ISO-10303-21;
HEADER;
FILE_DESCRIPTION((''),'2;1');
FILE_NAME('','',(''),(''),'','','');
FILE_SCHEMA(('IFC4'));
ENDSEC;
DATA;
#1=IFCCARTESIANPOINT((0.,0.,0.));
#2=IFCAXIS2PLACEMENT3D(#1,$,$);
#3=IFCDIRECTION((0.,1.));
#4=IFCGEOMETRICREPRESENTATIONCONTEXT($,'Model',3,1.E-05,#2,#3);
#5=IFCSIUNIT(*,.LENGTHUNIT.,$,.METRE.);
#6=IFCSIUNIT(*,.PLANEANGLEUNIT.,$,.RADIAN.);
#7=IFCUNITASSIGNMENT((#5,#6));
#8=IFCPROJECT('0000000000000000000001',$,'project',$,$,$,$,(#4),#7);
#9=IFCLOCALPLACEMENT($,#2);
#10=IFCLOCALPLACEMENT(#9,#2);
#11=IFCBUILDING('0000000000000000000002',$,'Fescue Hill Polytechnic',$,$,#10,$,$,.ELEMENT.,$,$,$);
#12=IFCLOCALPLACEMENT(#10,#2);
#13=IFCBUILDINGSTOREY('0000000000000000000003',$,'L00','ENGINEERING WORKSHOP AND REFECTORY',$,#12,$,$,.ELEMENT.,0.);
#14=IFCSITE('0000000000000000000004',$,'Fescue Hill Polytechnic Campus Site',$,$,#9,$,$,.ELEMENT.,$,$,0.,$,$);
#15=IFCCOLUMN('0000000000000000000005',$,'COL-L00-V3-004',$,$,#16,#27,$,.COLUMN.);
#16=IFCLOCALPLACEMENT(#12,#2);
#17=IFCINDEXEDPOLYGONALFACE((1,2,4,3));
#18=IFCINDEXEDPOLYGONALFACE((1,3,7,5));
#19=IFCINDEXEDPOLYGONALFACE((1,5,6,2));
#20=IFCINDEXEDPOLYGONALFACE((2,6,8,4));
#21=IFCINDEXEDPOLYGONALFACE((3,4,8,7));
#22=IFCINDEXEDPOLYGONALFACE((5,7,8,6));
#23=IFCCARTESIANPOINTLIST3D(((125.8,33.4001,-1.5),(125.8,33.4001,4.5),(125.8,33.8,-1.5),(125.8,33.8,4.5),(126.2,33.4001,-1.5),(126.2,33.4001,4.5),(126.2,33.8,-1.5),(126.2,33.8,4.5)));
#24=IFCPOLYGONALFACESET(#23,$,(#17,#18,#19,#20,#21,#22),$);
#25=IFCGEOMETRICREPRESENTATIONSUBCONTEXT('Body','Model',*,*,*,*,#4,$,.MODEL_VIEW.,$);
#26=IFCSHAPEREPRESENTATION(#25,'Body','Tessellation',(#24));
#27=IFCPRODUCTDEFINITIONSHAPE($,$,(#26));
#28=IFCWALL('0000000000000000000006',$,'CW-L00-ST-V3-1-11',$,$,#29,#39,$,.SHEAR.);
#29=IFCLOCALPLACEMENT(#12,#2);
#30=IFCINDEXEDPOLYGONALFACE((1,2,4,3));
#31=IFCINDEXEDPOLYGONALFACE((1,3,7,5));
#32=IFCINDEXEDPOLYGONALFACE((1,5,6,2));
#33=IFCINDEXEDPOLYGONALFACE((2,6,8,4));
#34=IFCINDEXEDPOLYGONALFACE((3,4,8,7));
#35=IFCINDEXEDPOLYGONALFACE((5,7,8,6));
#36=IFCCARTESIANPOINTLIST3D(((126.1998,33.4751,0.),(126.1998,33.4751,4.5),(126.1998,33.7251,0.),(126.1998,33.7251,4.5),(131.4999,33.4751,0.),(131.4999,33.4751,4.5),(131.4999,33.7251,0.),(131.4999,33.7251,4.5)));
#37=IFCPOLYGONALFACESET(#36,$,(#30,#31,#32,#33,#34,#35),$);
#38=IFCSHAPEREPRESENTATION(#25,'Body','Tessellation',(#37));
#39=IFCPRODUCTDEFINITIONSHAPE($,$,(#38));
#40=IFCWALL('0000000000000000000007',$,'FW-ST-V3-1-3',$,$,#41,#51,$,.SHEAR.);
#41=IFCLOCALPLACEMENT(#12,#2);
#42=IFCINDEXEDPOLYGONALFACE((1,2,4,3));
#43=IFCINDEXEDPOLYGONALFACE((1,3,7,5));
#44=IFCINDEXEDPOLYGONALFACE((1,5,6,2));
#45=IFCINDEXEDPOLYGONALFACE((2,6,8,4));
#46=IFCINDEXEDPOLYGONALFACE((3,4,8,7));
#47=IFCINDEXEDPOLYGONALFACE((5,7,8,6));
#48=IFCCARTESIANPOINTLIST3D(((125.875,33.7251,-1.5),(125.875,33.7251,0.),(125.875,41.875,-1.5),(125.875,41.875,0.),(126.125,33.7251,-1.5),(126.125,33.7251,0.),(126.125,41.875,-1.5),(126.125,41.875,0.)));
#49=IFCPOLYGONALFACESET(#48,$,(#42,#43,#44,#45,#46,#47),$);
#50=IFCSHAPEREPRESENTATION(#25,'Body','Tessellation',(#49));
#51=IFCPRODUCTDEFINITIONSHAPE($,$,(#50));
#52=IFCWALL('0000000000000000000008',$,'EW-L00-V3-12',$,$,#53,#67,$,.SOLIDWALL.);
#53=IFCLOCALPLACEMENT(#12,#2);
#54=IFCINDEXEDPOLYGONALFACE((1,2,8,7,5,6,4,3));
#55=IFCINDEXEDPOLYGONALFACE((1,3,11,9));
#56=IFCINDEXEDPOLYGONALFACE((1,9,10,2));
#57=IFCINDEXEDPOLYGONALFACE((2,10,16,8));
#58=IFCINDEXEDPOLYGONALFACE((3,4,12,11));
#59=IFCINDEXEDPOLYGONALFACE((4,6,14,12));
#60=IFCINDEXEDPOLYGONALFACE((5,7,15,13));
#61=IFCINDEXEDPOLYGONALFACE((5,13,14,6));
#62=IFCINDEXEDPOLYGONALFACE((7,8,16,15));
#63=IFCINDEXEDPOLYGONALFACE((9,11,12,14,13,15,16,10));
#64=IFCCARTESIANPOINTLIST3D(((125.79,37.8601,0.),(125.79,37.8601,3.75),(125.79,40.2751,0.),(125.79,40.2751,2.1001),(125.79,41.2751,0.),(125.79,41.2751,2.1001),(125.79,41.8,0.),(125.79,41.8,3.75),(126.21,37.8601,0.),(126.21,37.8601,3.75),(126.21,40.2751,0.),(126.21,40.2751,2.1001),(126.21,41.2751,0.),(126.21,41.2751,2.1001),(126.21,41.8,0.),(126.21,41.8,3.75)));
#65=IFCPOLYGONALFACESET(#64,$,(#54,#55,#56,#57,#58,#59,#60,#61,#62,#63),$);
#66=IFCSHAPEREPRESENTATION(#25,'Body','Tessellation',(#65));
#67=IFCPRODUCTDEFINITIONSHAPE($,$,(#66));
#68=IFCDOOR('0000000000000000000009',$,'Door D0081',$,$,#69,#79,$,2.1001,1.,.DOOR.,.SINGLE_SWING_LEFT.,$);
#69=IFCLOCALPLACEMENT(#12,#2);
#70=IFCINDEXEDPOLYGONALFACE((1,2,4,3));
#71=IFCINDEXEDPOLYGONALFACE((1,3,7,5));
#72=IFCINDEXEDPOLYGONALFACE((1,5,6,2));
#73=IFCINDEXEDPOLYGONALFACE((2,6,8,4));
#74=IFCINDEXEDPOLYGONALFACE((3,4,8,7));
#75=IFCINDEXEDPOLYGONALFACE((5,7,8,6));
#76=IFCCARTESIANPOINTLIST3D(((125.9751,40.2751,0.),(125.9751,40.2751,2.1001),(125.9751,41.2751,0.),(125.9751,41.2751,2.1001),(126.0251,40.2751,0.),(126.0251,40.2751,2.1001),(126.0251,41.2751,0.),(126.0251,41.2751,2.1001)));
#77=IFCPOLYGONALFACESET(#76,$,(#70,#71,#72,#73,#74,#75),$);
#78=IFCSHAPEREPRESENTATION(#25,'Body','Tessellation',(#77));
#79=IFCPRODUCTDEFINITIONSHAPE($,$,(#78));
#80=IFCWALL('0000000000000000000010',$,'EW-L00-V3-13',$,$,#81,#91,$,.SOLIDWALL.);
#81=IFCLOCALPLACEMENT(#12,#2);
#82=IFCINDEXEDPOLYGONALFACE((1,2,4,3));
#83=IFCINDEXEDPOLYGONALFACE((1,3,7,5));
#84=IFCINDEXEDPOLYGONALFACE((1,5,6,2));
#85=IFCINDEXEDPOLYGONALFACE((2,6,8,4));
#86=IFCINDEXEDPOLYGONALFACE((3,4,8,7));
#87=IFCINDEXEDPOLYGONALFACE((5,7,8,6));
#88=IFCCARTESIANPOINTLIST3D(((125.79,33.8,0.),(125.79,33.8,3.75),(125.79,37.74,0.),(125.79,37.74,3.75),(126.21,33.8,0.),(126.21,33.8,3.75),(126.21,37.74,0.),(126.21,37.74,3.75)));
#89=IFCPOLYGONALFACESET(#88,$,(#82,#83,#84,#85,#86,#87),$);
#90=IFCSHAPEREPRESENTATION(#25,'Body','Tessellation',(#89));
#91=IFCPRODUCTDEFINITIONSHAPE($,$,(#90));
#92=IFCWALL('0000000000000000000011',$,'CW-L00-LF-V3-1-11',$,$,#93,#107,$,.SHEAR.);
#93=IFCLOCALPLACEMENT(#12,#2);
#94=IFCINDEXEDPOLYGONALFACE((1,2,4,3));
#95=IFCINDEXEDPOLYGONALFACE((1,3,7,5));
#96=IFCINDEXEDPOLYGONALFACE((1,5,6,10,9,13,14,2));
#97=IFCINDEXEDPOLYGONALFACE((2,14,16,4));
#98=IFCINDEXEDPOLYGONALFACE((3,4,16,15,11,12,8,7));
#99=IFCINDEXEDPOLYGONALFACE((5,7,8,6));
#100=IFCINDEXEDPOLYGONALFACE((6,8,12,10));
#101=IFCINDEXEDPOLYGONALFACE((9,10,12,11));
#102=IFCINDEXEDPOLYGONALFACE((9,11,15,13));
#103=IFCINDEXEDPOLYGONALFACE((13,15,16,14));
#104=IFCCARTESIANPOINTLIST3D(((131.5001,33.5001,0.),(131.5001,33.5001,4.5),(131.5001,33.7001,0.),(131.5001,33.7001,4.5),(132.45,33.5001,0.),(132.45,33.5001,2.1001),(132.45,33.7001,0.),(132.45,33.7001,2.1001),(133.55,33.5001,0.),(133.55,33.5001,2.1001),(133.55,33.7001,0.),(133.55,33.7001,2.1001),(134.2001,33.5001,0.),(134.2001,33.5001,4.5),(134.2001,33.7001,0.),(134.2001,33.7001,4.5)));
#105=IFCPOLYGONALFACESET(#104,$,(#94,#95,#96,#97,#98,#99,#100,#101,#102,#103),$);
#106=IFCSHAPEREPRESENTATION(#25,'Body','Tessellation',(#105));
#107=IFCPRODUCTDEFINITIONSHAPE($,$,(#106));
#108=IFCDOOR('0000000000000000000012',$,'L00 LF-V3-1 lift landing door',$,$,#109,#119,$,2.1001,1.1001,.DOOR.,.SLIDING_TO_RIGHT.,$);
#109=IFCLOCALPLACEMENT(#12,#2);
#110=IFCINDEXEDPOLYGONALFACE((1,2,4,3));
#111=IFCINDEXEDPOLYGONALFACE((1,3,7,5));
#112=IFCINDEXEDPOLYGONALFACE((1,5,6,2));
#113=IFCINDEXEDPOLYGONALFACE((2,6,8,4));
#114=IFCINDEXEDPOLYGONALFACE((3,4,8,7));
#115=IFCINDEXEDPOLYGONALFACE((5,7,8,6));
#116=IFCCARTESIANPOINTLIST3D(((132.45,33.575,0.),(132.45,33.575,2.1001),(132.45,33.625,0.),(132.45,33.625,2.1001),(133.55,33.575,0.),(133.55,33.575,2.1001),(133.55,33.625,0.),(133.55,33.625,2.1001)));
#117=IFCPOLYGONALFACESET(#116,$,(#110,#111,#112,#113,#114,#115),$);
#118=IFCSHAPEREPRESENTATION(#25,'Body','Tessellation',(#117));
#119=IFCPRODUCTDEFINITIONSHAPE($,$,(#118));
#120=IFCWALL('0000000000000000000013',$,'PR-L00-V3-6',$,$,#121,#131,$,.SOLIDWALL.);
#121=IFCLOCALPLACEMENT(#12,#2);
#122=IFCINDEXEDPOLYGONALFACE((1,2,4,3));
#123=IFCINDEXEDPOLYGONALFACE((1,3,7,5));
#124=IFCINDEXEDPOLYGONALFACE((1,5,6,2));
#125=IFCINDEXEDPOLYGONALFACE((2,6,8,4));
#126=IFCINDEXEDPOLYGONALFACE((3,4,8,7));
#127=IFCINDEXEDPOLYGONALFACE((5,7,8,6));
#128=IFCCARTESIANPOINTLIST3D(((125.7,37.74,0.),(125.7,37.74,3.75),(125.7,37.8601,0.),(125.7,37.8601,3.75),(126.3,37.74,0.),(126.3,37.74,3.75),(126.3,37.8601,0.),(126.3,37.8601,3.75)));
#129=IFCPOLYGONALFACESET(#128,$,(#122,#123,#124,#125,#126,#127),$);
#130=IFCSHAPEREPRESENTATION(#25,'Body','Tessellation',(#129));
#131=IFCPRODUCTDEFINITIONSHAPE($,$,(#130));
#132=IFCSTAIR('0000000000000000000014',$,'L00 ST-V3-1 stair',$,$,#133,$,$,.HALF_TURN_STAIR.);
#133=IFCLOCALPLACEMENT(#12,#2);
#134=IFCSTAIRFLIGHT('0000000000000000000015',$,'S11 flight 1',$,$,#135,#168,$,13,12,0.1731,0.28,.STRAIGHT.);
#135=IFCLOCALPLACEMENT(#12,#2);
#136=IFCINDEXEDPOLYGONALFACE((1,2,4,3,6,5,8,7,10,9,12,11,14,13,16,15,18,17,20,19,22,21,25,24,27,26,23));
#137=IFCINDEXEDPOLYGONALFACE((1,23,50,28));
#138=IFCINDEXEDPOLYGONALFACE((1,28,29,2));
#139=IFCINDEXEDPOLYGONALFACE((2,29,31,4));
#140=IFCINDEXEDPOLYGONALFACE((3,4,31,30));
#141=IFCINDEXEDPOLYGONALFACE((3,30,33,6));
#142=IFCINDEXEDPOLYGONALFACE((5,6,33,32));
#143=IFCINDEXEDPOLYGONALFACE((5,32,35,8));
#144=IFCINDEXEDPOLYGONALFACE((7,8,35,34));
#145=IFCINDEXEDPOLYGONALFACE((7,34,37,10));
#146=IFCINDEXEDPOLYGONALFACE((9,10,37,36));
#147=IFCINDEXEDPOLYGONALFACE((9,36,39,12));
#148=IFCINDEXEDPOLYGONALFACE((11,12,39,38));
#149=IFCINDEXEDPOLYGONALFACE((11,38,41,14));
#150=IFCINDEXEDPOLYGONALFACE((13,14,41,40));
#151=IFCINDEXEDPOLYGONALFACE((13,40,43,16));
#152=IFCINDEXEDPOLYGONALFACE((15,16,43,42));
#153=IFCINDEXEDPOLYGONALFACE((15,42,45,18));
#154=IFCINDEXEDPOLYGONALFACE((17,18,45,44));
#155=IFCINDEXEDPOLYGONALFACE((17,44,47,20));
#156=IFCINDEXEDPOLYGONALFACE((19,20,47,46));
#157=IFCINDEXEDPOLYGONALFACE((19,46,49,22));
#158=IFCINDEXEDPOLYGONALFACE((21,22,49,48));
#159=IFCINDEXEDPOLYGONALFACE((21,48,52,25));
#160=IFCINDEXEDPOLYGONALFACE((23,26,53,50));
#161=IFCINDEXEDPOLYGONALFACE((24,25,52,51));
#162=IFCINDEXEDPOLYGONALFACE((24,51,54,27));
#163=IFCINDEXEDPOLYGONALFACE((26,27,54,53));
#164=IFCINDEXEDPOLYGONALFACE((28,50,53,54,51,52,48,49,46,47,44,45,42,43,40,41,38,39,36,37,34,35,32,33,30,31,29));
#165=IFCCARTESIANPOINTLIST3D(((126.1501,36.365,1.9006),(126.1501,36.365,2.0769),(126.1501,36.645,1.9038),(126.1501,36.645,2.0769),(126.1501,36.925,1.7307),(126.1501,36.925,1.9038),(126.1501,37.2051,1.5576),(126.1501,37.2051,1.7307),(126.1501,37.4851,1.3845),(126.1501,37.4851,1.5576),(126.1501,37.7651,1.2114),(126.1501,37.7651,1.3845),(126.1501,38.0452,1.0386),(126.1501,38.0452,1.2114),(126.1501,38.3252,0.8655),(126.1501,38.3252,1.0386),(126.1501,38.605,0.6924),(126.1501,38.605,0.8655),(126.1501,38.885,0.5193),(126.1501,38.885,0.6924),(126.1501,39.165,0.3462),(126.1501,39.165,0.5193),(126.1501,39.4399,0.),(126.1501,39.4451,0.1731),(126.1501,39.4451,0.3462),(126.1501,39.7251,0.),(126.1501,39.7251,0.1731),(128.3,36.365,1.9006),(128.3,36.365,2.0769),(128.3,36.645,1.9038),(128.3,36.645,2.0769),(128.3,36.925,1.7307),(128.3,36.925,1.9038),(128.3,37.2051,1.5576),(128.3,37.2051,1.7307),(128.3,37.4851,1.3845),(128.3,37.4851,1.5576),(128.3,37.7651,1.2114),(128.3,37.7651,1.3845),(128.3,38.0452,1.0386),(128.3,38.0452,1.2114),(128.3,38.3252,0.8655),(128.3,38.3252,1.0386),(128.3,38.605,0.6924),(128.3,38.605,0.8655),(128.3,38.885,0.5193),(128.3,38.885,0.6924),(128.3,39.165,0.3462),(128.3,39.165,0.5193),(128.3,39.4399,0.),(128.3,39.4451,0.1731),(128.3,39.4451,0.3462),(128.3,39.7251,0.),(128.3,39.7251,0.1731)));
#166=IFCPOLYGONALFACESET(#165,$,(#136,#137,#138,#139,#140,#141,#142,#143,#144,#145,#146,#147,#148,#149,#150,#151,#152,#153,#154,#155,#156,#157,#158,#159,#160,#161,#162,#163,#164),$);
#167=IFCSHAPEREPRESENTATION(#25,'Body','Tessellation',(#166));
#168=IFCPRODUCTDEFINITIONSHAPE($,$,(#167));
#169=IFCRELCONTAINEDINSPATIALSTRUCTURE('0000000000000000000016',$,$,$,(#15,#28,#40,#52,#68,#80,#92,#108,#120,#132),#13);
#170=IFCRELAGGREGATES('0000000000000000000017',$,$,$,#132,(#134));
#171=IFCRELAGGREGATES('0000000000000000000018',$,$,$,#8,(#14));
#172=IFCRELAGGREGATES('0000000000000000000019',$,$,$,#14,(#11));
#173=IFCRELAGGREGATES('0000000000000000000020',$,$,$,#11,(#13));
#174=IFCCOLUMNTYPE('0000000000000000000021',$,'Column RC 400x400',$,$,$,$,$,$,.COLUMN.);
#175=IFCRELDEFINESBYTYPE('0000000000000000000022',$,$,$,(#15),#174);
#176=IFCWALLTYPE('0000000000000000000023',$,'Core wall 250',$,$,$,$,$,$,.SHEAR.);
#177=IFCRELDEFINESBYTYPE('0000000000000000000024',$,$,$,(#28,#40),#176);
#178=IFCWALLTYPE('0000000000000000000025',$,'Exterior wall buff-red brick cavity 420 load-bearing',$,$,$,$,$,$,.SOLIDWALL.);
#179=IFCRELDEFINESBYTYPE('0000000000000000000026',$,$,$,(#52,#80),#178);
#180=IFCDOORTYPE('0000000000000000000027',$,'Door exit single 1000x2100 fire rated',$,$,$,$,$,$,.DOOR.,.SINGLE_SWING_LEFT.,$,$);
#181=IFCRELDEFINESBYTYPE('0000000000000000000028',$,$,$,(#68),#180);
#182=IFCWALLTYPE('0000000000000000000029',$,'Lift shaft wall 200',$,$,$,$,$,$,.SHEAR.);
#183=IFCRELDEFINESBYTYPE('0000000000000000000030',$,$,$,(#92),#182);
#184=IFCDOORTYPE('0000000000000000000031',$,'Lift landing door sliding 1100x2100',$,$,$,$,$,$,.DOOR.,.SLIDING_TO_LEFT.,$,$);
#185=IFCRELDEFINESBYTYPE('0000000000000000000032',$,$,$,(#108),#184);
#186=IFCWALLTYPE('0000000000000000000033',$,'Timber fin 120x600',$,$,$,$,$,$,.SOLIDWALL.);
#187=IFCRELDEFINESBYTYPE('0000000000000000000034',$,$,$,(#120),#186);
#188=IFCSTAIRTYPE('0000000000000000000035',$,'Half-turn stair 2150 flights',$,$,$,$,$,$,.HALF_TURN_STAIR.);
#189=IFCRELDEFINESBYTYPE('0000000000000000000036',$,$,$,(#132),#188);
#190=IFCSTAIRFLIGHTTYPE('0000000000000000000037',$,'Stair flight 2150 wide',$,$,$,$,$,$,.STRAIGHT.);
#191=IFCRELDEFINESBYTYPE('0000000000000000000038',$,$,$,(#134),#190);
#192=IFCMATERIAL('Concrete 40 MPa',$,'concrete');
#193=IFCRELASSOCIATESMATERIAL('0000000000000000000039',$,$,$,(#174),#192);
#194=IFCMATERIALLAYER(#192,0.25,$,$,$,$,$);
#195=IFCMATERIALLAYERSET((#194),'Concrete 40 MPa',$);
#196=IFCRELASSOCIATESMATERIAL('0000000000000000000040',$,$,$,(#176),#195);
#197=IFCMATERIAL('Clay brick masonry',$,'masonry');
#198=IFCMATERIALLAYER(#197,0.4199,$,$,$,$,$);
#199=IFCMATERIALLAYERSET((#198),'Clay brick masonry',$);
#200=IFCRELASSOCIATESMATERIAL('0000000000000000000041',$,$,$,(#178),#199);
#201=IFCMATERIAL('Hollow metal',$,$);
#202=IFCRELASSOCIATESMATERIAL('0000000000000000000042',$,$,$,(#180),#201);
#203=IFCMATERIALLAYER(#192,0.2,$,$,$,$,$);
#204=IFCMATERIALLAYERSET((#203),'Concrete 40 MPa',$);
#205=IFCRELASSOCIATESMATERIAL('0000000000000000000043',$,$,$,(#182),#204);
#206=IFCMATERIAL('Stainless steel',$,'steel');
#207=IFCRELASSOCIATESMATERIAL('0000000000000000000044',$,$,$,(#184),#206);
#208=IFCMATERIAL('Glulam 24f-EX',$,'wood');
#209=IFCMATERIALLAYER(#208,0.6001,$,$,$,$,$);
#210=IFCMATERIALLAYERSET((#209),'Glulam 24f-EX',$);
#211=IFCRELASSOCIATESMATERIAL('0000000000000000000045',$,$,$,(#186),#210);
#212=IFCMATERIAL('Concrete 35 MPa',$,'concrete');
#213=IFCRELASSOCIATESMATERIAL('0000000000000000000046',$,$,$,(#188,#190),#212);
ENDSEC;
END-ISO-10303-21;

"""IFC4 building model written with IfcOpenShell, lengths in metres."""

from ifc_helpers import new_model, si_unit, direction, frame, frame_2d, origin, origin_2d, place, context, subcontext, project, spatial, polyline, rectangle, outline, extrude, material, layer, layer_set, material_profile, profile_set, type_object, element, fill, aggregate, save


model = new_model("IFC4")

# Units and contexts
model_context = context("Model", 3, precision=1e-05, world=origin(), true_north=direction((0.0, 1.0)))
body_context = subcontext(model_context, "Body", "Model", "MODEL_VIEW")
ifc_project = project(units=[si_unit("LENGTHUNIT", "METRE"), si_unit("PLANEANGLEUNIT", "RADIAN")], contexts=[model_context])

# Site, building, storey
site_placement = place(None, origin())
site = spatial("IfcSite", under=ifc_project, at=site_placement, Name="Fescue Hill Polytechnic Campus Site", CompositionType="ELEMENT", RefElevation=0.0)
building_placement = place(site_placement, origin())
building = spatial("IfcBuilding", under=site, at=building_placement, Name="Fescue Hill Polytechnic", CompositionType="ELEMENT")
storey_placement = place(building_placement, origin())
storey = spatial("IfcBuildingStorey", under=building, at=storey_placement, Name="L00", Description="ENGINEERING WORKSHOP AND REFECTORY", CompositionType="ELEMENT", Elevation=0.0)

# Column
ifc_material_1 = material(Name="Concrete 40 MPa", Category="concrete")
ifc_material_profile = material_profile(ifc_material_1, rectangle(XDim=0.3999, YDim=0.3999, at=origin_2d()), Name="RC 400x400")
ifc_profile_set = profile_set([ifc_material_profile], Name="Concrete 40 MPa")
column_type = type_object("IfcColumnType", Name="Column RC 400x400", PredefinedType="COLUMN", material=ifc_profile_set)
column_placement = place(storey_placement, frame((126.0, 33.6001, -1.5), z_axis=(0.0, 0.0, 1.0), x_axis=(1.0, 0.0, 0.0)))
element("IfcColumn", 1, at=column_placement, inside=storey, type_object=column_type, Name="COL-L00-V3-004", PredefinedType="COLUMN", context=body_context, shape_type="SweptSolid", body=[
    extrude(rectangle(XDim=0.3999, YDim=0.3999, at=origin_2d()), origin(), (0.0, 0.0, 1.0), 6.0),
])

# Walls
ifc_layer_1 = layer(ifc_material_1, 0.25)
ifc_layer_set_1 = layer_set([ifc_layer_1], Name="Concrete 40 MPa")
wall_type_1 = type_object("IfcWallType", Name="Core wall 250", PredefinedType="SHEAR", material=ifc_layer_set_1)
wall_1_placement = place(storey_placement, frame((126.2, 33.6001, 0.0), z_axis=(0.0, 0.0, 1.0), x_axis=(1.0, 0.0, 0.0)))
element("IfcWall", 2, at=wall_1_placement, inside=storey, type_object=wall_type_1, Name="CW-L00-ST-V3-1-11", PredefinedType="SHEAR", context=body_context, shape_type="SweptSolid", body=[
    extrude(rectangle(XDim=5.3, YDim=0.25, at=frame_2d((2.6499, 0.0))), origin(), (0.0, 0.0, 1.0), 4.5),
])
wall_2_placement = place(storey_placement, frame((126.0, 33.7251, -1.5), z_axis=(0.0, 0.0, 1.0), x_axis=(0.0, 1.0, 0.0)))
element("IfcWall", 3, at=wall_2_placement, inside=storey, type_object=wall_type_1, Name="FW-ST-V3-1-3", PredefinedType="SHEAR", context=body_context, shape_type="SweptSolid", body=[
    extrude(rectangle(XDim=8.1499, YDim=0.25, at=frame_2d((4.075, 0.0))), origin(), (0.0, 0.0, 1.0), 1.5),
])

# Wall, opening, door
ifc_material_2 = material(Name="Clay brick masonry", Category="masonry")
ifc_layer_2 = layer(ifc_material_2, 0.4199)
ifc_layer_set_2 = layer_set([ifc_layer_2], Name="Clay brick masonry")
wall_type_2 = type_object("IfcWallType", Name="Exterior wall buff-red brick cavity 420 load-bearing", PredefinedType="SOLIDWALL", material=ifc_layer_set_2)
wall_3_placement = place(storey_placement, frame((126.0, 41.8, 0.0), z_axis=(0.0, 0.0, 1.0), x_axis=(0.0, -1.0, 0.0)))
wall_3 = element("IfcWall", 4, at=wall_3_placement, inside=storey, type_object=wall_type_2, Name="EW-L00-V3-12", PredefinedType="SOLIDWALL", context=body_context, shape_type="SweptSolid", body=[
    extrude(rectangle(XDim=3.9399, YDim=0.4199, at=frame_2d((1.97, 0.0))), origin(), (0.0, 0.0, 1.0), 3.75),
])
opening_1_placement = place(wall_3_placement, frame((1.5249, 0.0, 0.0), z_axis=(0.0, 0.0, 1.0), x_axis=(-1.0, 0.0, 0.0)))
opening_1 = element("IfcOpeningElement", 5, at=opening_1_placement, cuts=wall_3, PredefinedType="OPENING", context=body_context, shape_type="SweptSolid", body=[
    extrude(rectangle(XDim=1.0, YDim=2.1001, at=frame_2d((0.5, 1.05))), frame((0.0, 0.22, 0.0), z_axis=(0.0, -1.0, 0.0), x_axis=(1.0, 0.0, 0.0)), (0.0, 0.0, 1.0), 0.4399),
])
ifc_material_3 = material(Name="Hollow metal")
door_type_1 = type_object("IfcDoorType", Name="Door exit single 1000x2100 fire rated", OperationType="SINGLE_SWING_LEFT", PredefinedType="DOOR", material=ifc_material_3)
door_1_placement = place(opening_1_placement, origin())
door_1 = element("IfcDoor", 6, at=door_1_placement, inside=storey, type_object=door_type_1, Name="Door D0081", OperationType="SINGLE_SWING_LEFT", OverallHeight=2.1001, OverallWidth=1.0, PredefinedType="DOOR", context=body_context, shape_type="SweptSolid", body=[
    extrude(rectangle(XDim=1.0, YDim=2.1001, at=frame_2d((0.5, 1.05))), frame((0.0, 0.0249, 0.0), z_axis=(0.0, -1.0, 0.0), x_axis=(1.0, 0.0, 0.0)), (0.0, 0.0, 1.0), 0.05),
])
fill(opening_1, door_1)

# Wall
wall_4_placement = place(storey_placement, frame((126.0, 37.74, 0.0), z_axis=(0.0, 0.0, 1.0), x_axis=(0.0, -1.0, 0.0)))
element("IfcWall", 7, at=wall_4_placement, inside=storey, type_object=wall_type_2, Name="EW-L00-V3-13", PredefinedType="SOLIDWALL", context=body_context, shape_type="SweptSolid", body=[
    extrude(rectangle(XDim=3.9399, YDim=0.4199, at=frame_2d((1.97, 0.0))), origin(), (0.0, 0.0, 1.0), 3.75),
])

# Wall, opening, door
ifc_layer_3 = layer(ifc_material_1, 0.2)
ifc_layer_set_3 = layer_set([ifc_layer_3], Name="Concrete 40 MPa")
wall_type_3 = type_object("IfcWallType", Name="Lift shaft wall 200", PredefinedType="SHEAR", material=ifc_layer_set_3)
wall_5_placement = place(storey_placement, frame((131.5, 33.6001, 0.0), z_axis=(0.0, 0.0, 1.0), x_axis=(1.0, 0.0, 0.0)))
wall_5 = element("IfcWall", 8, at=wall_5_placement, inside=storey, type_object=wall_type_3, Name="CW-L00-LF-V3-1-11", PredefinedType="SHEAR", context=body_context, shape_type="SweptSolid", body=[
    extrude(rectangle(XDim=2.7, YDim=0.2, at=frame_2d((1.3501, 0.0))), origin(), (0.0, 0.0, 1.0), 4.5),
])
opening_2_placement = place(wall_5_placement, frame((0.95, 0.0, 0.0)))
opening_2 = element("IfcOpeningElement", 9, at=opening_2_placement, cuts=wall_5, PredefinedType="OPENING", context=body_context, shape_type="SweptSolid", body=[
    extrude(rectangle(XDim=1.1001, YDim=2.1001, at=frame_2d((0.55, 1.05))), frame((0.0, 0.1099, 0.0), z_axis=(0.0, -1.0, 0.0), x_axis=(1.0, 0.0, 0.0)), (0.0, 0.0, 1.0), 0.22),
])
ifc_material_4 = material(Name="Stainless steel", Category="steel")
door_type_2 = type_object("IfcDoorType", Name="Lift landing door sliding 1100x2100", OperationType="SLIDING_TO_LEFT", PredefinedType="DOOR", material=ifc_material_4)
door_2_placement = place(opening_2_placement, origin())
door_2 = element("IfcDoor", 10, at=door_2_placement, inside=storey, type_object=door_type_2, Name="L00 LF-V3-1 lift landing door", OperationType="SLIDING_TO_RIGHT", OverallHeight=2.1001, OverallWidth=1.1001, PredefinedType="DOOR", context=body_context, shape_type="SweptSolid", body=[
    extrude(rectangle(XDim=1.1001, YDim=2.1001, at=frame_2d((0.55, 1.05))), frame((0.0, 0.0249, 0.0), z_axis=(0.0, -1.0, 0.0), x_axis=(1.0, 0.0, 0.0)), (0.0, 0.0, 1.0), 0.05),
])
fill(opening_2, door_2)

# Wall
ifc_material_5 = material(Name="Glulam 24f-EX", Category="wood")
ifc_layer_4 = layer(ifc_material_5, 0.6001)
ifc_layer_set_4 = layer_set([ifc_layer_4], Name="Glulam 24f-EX")
wall_type_4 = type_object("IfcWallType", Name="Timber fin 120x600", PredefinedType="SOLIDWALL", material=ifc_layer_set_4)
wall_6_placement = place(storey_placement, frame((126.0, 37.8601, 0.0), z_axis=(0.0, 0.0, 1.0), x_axis=(0.0, -1.0, 0.0)))
element("IfcWall", 11, at=wall_6_placement, inside=storey, type_object=wall_type_4, Name="PR-L00-V3-6", PredefinedType="SOLIDWALL", context=body_context, shape_type="SweptSolid", body=[
    extrude(rectangle(XDim=0.1201, YDim=0.6001, at=frame_2d((0.0601, 0.0))), origin(), (0.0, 0.0, 1.0), 3.75),
])

# Stair, stair flight
ifc_material_6 = material(Name="Concrete 35 MPa", Category="concrete")
stair_type = type_object("IfcStairType", Name="Half-turn stair 2150 flights", PredefinedType="HALF_TURN_STAIR", material=ifc_material_6)
stair_placement = place(storey_placement, origin())
stair = element("IfcStair", 12, at=stair_placement, inside=storey, type_object=stair_type, Name="L00 ST-V3-1 stair", PredefinedType="HALF_TURN_STAIR")
stair_flight_type = type_object("IfcStairFlightType", Name="Stair flight 2150 wide", PredefinedType="STRAIGHT", material=ifc_material_6)
stair_flight_1_placement = place(storey_placement, frame((127.2251, 39.7251, 0.0), z_axis=(0.0, 0.0, 1.0), x_axis=(0.0, -1.0, 0.0)))
stair_flight_1 = element("IfcStairFlight", 13, at=stair_flight_1_placement, type_object=stair_flight_type, Name="S11 flight 1", NumberOfRisers=13, NumberOfTreads=12, PredefinedType="STRAIGHT", RiserHeight=0.1731, TreadLength=0.28, context=body_context, shape_type="SweptSolid", body=[
    extrude(outline(polyline([(0.0, 0.0), (0.0, 0.1731), (0.28, 0.1731), (0.28, 0.3462), (0.5601, 0.3462), (0.5601, 0.5193), (0.8401, 0.5193), (0.8401, 0.6924), (1.1201, 0.6924), (1.1201, 0.8655), (1.3999, 0.8655), (1.3999, 1.0386), (1.6799, 1.0386), (1.6799, 1.2114), (1.96, 1.2114), (1.96, 1.3845), (2.24, 1.3845), (2.24, 1.5576), (2.52, 1.5576), (2.52, 1.7307), (2.8, 1.7307), (2.8, 1.9038), (3.0801, 1.9038), (3.0801, 2.0769), (3.3601, 2.0769), (3.3601, 2.25), (3.3601, 1.9006), (0.2852, 0.0), (0.0, 0.0)])), frame((0.0, 1.075, 0.0), z_axis=(0.0, -1.0, 0.0), x_axis=(1.0, 0.0, 0.0)), (0.0, 0.0, 1.0), 2.1499),
])
aggregate(stair, [stair_flight_1])

save(model, "model.ifc")
